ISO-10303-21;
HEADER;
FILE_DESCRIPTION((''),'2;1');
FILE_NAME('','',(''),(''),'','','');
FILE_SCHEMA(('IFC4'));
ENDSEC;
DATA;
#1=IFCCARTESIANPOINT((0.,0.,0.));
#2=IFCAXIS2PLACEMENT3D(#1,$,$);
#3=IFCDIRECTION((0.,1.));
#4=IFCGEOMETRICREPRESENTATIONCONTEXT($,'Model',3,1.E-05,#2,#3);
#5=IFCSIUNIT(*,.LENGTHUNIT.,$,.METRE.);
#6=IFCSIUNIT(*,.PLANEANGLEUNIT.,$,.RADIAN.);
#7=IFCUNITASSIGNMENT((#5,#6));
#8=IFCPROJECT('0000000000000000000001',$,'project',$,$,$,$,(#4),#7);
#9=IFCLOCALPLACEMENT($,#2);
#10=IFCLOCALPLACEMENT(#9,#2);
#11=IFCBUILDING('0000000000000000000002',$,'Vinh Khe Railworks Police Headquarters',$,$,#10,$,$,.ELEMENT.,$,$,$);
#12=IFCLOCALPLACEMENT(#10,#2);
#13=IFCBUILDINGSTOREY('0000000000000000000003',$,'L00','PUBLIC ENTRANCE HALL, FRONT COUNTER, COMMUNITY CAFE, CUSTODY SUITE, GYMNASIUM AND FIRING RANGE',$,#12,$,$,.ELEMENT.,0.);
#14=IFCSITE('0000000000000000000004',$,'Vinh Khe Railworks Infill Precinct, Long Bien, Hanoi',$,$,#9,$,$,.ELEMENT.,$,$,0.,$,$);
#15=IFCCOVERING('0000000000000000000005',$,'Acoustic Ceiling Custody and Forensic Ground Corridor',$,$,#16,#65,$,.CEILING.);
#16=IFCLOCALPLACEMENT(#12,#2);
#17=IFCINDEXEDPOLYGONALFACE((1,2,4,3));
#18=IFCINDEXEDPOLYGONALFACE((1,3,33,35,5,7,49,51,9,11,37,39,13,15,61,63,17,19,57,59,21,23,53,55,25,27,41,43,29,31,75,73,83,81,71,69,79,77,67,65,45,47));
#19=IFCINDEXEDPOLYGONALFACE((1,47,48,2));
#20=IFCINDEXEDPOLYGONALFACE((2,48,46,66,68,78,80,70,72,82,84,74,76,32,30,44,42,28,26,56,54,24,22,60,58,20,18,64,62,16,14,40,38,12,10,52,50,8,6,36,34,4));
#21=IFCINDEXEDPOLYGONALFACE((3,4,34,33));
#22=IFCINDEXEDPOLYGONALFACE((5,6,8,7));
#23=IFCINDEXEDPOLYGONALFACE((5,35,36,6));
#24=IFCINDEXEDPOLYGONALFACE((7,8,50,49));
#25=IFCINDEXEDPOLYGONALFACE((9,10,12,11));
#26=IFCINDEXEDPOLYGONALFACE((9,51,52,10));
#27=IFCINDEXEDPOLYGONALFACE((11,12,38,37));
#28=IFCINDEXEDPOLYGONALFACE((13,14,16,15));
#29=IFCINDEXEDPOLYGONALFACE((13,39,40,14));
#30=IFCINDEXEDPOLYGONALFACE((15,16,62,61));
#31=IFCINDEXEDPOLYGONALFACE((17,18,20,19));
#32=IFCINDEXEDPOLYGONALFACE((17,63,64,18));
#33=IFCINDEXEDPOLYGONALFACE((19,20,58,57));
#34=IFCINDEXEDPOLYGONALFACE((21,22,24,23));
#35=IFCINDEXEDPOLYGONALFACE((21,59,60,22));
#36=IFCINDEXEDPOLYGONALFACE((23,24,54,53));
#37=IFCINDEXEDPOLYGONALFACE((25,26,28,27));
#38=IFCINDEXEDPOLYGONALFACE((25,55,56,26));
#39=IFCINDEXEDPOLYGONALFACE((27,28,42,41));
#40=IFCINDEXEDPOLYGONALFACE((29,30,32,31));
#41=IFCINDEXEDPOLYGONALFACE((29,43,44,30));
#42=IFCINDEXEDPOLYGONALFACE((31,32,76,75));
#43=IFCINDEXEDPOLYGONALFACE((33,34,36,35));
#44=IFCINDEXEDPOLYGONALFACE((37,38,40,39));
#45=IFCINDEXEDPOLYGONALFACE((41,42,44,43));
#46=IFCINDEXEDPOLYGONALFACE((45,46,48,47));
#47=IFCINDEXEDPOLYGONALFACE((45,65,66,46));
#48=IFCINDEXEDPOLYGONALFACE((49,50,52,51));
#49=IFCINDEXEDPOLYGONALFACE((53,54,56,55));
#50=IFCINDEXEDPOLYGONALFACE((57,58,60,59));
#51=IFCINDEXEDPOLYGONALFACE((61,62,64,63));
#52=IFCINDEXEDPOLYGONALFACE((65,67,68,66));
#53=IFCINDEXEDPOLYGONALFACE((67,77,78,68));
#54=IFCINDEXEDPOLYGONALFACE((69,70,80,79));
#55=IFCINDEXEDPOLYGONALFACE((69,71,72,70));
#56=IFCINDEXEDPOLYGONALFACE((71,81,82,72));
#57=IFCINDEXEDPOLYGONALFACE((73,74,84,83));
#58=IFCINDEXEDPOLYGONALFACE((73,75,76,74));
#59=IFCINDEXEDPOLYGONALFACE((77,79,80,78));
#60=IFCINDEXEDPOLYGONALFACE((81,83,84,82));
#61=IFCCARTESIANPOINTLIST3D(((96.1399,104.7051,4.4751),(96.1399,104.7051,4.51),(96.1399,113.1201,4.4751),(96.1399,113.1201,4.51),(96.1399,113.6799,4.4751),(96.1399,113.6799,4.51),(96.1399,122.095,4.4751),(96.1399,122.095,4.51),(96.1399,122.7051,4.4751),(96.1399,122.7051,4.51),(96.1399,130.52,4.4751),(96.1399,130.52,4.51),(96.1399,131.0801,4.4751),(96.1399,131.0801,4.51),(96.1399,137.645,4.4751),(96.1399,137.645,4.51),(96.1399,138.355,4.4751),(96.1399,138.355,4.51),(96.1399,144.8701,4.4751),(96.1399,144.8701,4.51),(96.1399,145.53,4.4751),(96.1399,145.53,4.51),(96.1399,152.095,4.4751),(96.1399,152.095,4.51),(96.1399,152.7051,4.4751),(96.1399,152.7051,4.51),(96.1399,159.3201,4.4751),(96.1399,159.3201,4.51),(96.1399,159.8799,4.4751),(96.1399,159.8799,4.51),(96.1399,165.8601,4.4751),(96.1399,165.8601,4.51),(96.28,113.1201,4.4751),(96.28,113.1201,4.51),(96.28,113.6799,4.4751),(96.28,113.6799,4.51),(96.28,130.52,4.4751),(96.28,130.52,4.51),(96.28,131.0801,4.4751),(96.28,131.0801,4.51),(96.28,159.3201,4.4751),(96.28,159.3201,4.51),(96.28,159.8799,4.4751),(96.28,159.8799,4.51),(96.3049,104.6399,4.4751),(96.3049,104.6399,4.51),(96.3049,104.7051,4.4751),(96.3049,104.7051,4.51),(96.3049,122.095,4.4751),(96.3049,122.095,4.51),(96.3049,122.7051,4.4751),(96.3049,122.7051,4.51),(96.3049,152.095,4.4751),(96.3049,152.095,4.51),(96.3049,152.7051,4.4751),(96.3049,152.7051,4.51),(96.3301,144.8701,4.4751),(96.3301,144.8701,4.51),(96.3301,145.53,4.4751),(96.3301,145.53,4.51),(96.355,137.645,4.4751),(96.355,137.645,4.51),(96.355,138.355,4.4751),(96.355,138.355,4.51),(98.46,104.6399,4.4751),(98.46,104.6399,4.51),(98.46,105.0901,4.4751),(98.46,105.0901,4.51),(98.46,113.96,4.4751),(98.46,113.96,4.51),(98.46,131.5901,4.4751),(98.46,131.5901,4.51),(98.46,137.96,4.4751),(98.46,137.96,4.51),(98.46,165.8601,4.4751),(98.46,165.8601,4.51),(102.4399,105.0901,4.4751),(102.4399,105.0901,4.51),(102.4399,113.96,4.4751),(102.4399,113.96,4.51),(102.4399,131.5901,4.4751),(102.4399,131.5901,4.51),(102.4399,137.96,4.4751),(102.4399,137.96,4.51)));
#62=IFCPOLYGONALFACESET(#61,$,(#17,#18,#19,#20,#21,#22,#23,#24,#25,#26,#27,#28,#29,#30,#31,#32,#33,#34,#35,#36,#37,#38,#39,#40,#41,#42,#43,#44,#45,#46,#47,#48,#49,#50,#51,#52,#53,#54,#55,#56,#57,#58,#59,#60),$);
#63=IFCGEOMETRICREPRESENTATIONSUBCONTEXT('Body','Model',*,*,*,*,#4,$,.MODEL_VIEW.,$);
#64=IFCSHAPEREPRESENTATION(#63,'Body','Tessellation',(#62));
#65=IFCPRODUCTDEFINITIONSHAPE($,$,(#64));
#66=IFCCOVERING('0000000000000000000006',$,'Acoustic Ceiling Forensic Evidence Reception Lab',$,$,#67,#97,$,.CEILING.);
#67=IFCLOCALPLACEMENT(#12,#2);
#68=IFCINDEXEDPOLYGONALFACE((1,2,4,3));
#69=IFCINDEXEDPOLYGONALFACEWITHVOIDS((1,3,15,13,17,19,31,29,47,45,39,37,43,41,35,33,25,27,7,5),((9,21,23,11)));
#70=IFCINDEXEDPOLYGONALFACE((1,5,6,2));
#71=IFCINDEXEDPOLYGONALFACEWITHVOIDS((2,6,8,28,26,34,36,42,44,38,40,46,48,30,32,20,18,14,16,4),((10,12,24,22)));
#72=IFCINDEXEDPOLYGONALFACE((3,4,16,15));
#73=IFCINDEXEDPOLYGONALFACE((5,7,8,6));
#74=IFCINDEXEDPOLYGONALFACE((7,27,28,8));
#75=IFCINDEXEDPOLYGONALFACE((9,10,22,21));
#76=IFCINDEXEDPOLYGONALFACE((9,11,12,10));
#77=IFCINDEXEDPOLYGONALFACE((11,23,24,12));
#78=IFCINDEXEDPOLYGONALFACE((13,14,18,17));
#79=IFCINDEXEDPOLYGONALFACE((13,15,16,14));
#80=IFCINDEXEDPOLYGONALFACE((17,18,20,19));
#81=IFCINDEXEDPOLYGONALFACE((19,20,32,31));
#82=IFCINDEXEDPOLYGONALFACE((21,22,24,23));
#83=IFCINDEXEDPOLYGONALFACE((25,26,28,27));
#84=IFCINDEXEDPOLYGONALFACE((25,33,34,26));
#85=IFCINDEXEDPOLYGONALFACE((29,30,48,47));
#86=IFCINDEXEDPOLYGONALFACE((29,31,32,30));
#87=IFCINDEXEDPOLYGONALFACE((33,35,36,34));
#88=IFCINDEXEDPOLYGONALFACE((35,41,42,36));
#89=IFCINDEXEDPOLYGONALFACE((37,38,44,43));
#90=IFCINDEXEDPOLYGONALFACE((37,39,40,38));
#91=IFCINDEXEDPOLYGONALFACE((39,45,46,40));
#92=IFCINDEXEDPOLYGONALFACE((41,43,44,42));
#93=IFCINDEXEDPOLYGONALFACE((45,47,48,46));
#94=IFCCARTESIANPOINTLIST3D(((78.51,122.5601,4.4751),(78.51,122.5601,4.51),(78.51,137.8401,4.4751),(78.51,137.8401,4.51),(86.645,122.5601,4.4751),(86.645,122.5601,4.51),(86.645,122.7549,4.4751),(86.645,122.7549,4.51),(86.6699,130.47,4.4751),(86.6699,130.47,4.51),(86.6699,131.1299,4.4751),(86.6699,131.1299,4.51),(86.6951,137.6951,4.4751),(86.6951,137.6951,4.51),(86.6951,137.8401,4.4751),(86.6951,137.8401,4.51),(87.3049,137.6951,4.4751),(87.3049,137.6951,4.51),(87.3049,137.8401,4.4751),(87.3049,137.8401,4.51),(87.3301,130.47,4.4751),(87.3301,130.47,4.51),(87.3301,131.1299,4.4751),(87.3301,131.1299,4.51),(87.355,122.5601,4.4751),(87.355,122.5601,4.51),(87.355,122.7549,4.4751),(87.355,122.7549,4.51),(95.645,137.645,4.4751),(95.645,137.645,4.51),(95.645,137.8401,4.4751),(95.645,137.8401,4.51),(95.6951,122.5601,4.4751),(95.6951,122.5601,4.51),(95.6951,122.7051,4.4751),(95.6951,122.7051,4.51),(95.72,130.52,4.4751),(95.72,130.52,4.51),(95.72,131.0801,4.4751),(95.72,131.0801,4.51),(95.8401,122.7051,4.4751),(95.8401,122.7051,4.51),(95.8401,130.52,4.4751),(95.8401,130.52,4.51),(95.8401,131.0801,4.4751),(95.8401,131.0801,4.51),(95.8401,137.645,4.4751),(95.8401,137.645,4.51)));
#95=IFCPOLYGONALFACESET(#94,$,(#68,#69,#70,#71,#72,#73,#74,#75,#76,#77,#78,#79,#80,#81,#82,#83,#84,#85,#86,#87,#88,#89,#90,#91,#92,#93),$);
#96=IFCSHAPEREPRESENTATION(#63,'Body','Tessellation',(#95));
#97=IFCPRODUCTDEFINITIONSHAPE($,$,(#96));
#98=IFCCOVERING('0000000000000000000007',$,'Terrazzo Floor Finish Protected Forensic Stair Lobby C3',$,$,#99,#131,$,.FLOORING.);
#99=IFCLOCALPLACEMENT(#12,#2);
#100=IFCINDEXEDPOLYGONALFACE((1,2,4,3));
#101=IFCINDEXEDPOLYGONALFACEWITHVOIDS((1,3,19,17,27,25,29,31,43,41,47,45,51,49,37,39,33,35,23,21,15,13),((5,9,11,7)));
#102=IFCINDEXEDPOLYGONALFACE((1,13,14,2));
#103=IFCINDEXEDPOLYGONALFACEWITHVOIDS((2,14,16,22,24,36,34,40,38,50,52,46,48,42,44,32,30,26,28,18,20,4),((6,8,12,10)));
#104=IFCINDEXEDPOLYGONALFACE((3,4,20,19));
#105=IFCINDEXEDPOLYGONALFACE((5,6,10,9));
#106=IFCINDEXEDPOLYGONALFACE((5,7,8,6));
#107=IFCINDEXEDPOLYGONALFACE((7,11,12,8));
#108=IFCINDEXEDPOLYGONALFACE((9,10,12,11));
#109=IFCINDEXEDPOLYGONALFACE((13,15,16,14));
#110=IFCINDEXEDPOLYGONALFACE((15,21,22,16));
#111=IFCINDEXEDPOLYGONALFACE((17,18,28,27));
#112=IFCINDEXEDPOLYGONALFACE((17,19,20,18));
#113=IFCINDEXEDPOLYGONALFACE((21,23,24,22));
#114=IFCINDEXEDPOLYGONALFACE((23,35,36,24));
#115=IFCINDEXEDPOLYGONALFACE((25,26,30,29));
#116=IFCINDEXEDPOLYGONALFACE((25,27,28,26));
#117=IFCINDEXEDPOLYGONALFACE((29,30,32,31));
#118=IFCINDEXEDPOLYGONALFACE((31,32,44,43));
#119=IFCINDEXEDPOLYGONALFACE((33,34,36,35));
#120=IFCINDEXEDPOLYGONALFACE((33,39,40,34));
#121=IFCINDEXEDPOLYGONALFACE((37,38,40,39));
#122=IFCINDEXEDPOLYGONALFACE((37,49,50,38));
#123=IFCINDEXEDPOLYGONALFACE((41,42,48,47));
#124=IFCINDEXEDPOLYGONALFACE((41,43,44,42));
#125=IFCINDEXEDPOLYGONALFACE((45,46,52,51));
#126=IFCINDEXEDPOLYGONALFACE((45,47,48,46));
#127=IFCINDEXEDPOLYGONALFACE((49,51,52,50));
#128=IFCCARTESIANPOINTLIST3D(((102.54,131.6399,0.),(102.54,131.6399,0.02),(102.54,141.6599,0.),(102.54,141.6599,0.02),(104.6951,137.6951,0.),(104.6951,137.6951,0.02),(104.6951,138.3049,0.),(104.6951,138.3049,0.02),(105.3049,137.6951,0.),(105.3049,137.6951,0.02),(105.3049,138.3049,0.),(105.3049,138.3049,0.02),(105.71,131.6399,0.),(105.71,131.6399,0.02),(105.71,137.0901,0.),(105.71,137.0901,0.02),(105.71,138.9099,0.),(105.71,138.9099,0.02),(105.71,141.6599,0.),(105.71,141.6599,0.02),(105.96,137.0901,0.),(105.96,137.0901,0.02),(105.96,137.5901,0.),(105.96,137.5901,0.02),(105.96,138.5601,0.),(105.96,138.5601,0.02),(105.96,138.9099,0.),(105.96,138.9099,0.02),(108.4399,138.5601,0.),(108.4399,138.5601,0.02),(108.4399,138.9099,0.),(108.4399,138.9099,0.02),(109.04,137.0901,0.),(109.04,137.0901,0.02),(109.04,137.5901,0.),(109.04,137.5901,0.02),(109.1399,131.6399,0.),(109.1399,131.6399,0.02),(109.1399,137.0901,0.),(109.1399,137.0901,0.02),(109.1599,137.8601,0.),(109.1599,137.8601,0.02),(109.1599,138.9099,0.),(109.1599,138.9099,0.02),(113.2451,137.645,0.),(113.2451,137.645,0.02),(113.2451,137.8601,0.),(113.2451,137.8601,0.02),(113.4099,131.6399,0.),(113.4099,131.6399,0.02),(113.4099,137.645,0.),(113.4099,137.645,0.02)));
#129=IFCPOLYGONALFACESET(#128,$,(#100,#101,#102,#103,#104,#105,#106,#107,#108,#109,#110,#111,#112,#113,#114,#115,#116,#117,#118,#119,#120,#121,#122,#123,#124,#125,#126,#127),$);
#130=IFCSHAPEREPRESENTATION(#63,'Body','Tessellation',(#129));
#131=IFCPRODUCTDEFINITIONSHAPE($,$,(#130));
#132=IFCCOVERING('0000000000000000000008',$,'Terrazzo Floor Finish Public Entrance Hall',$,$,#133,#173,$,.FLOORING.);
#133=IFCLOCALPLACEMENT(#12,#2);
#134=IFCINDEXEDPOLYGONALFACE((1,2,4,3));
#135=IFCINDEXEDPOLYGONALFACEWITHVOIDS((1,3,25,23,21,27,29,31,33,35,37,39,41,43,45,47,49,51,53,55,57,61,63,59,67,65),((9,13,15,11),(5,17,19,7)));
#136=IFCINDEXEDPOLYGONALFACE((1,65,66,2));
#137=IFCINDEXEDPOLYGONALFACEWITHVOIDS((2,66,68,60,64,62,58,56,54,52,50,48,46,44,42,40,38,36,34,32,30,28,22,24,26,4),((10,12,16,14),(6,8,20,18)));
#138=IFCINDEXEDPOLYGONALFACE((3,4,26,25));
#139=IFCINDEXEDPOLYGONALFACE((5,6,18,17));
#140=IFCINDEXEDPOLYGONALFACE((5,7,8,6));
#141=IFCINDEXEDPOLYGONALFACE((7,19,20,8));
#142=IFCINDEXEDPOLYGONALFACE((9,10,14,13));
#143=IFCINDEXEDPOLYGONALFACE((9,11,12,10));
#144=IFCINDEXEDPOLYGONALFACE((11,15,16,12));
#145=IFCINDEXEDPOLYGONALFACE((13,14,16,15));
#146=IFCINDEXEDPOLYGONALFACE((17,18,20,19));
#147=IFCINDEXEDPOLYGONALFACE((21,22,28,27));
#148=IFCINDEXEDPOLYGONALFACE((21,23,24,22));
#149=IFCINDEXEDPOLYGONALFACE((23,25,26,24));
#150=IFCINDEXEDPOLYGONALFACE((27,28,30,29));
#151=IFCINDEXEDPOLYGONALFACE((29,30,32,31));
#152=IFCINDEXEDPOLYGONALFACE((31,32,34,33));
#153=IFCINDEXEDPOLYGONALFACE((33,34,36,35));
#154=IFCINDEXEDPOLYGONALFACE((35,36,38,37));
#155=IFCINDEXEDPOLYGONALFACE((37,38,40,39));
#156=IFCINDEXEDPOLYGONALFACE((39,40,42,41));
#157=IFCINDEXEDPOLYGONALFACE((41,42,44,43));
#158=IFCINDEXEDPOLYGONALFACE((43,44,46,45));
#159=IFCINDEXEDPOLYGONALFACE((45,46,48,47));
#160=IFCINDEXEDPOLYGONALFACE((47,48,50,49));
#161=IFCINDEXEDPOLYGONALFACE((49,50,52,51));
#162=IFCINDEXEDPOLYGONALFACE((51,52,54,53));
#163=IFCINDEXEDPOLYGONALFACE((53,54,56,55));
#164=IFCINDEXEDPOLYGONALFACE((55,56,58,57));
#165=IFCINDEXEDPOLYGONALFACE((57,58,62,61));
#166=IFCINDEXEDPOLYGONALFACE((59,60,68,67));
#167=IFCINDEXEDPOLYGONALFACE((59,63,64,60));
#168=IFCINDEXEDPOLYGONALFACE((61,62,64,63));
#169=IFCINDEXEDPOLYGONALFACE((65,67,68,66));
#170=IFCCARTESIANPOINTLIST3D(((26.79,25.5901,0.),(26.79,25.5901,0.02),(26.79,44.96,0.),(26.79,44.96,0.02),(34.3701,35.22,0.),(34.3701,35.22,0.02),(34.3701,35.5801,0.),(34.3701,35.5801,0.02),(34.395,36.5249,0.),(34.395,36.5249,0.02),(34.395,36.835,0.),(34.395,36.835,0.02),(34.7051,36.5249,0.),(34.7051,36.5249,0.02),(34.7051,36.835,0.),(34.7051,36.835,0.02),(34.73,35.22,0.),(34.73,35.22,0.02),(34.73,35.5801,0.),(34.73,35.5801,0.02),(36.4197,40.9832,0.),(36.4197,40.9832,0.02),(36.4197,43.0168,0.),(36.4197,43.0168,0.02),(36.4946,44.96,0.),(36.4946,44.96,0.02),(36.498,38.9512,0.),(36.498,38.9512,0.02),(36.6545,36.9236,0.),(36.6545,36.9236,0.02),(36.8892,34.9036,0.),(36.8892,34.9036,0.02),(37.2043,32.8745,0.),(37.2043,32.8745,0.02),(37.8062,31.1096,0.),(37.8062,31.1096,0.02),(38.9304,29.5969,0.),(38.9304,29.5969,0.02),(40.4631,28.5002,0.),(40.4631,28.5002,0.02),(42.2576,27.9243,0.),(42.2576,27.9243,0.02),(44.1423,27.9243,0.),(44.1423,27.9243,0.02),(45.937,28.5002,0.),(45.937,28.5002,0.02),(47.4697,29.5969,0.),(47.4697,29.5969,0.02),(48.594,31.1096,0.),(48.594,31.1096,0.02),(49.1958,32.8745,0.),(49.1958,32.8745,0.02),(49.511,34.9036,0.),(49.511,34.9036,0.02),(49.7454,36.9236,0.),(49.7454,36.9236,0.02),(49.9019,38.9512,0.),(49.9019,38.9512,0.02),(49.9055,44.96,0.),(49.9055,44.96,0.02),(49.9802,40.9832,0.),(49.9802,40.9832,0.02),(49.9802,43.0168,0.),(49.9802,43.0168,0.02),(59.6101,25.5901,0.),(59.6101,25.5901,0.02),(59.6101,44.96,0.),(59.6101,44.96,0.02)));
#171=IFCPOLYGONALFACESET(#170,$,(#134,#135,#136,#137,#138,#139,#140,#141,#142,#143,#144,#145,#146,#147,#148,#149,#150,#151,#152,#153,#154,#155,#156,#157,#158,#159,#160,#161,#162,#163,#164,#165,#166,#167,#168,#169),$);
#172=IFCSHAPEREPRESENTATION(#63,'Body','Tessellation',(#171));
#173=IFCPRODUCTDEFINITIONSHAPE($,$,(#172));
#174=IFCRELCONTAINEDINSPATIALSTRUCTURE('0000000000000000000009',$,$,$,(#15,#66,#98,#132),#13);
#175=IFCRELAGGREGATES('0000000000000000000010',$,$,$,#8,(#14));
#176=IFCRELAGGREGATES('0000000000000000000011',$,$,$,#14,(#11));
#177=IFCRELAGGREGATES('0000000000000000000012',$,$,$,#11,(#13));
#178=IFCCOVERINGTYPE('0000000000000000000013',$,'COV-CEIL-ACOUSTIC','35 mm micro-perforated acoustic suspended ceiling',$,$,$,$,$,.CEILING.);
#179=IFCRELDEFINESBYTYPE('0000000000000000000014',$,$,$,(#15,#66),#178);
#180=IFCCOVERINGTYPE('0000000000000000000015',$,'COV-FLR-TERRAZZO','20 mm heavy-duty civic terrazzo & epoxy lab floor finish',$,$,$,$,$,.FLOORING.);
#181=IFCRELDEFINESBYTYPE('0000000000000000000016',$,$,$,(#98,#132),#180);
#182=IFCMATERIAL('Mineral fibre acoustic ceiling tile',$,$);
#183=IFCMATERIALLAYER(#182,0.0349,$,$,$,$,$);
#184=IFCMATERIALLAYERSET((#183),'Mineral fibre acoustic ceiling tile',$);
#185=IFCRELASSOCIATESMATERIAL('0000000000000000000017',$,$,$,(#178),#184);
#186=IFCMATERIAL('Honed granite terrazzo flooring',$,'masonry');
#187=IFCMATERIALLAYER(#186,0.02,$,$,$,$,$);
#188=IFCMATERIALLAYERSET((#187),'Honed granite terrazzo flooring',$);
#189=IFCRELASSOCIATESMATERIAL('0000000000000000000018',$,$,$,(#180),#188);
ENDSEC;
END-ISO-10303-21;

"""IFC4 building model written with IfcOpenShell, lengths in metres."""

from ifc_helpers import new_model, si_unit, direction, frame, origin, place, context, subcontext, project, spatial, polyline, outline, extrude, material, layer, layer_set, type_object, element, save


model = new_model("IFC4")

# Units and contexts
model_context = context("Model", 3, precision=1e-05, world=origin(), true_north=direction((0.0, 1.0)))
body_context = subcontext(model_context, "Body", "Model", "MODEL_VIEW")
ifc_project = project(units=[si_unit("LENGTHUNIT", "METRE"), si_unit("PLANEANGLEUNIT", "RADIAN")], contexts=[model_context])

# Site, building, storey
site_placement = place(None, origin())
site = spatial("IfcSite", under=ifc_project, at=site_placement, Name="Vinh Khe Railworks Infill Precinct, Long Bien, Hanoi", CompositionType="ELEMENT", RefElevation=0.0)
building_placement = place(site_placement, origin())
building = spatial("IfcBuilding", under=site, at=building_placement, Name="Vinh Khe Railworks Police Headquarters", CompositionType="ELEMENT")
storey_placement = place(building_placement, origin())
storey = spatial("IfcBuildingStorey", under=building, at=storey_placement, Name="L00", Description="PUBLIC ENTRANCE HALL, FRONT COUNTER, COMMUNITY CAFE, CUSTODY SUITE, GYMNASIUM AND FIRING RANGE", CompositionType="ELEMENT", Elevation=0.0)

# Coverings
ifc_material_1 = material(Name="Mineral fibre acoustic ceiling tile")
ifc_layer_1 = layer(ifc_material_1, 0.0349)
ifc_layer_set_1 = layer_set([ifc_layer_1], Name="Mineral fibre acoustic ceiling tile")
covering_type_1 = type_object("IfcCoveringType", Name="COV-CEIL-ACOUSTIC", Description="35 mm micro-perforated acoustic suspended ceiling", PredefinedType="CEILING", material=ifc_layer_set_1)
covering_1_placement = place(storey_placement, frame((0.0, 0.0, 4.4751)))
element("IfcCovering", 1, at=covering_1_placement, inside=storey, type_object=covering_type_1, Name="Acoustic Ceiling Custody and Forensic Ground Corridor", PredefinedType="CEILING", context=body_context, shape_type="SweptSolid", body=[
    extrude(outline(polyline([(96.28, 113.1201), (96.1399, 113.1201), (96.1399, 104.7051), (96.3049, 104.7051), (96.3049, 104.6399), (98.46, 104.6399), (98.46, 105.0901), (102.4399, 105.0901), (102.4399, 113.96), (98.46, 113.96), (98.46, 131.5901), (102.4399, 131.5901), (102.4399, 137.96), (98.46, 137.96), (98.46, 165.8601), (96.1399, 165.8601), (96.1399, 159.8799), (96.28, 159.8799), (96.28, 159.3201), (96.1399, 159.3201), (96.1399, 152.7051), (96.3049, 152.7051), (96.3049, 152.095), (96.1399, 152.095), (96.1399, 145.53), (96.3301, 145.53), (96.3301, 144.8701), (96.1399, 144.8701), (96.1399, 138.355), (96.355, 138.355), (96.355, 137.645), (96.1399, 137.645), (96.1399, 131.0801), (96.28, 131.0801), (96.28, 130.52), (96.1399, 130.52), (96.1399, 122.7051), (96.3049, 122.7051), (96.3049, 122.095), (96.1399, 122.095), (96.1399, 113.6799), (96.28, 113.6799), (96.28, 113.1201)])), origin(), (0.0, 0.0, 1.0), 0.0349),
])
covering_2_placement = place(storey_placement, frame((0.0, 0.0, 4.4751)))
element("IfcCovering", 2, at=covering_2_placement, inside=storey, type_object=covering_type_1, Name="Acoustic Ceiling Forensic Evidence Reception Lab", PredefinedType="CEILING", context=body_context, shape_type="SweptSolid", body=[
    extrude(outline(polyline([(86.645, 122.5601), (86.645, 122.7549), (87.355, 122.7549), (87.355, 122.5601), (95.6951, 122.5601), (95.6951, 122.7051), (95.8401, 122.7051), (95.8401, 130.52), (95.72, 130.52), (95.72, 131.0801), (95.8401, 131.0801), (95.8401, 137.645), (95.645, 137.645), (95.645, 137.8401), (87.3049, 137.8401), (87.3049, 137.6951), (86.6951, 137.6951), (86.6951, 137.8401), (78.51, 137.8401), (78.51, 122.5601), (86.645, 122.5601)]), holes=[polyline([(87.3301, 130.47), (86.6699, 130.47), (86.6699, 131.1299), (87.3301, 131.1299), (87.3301, 130.47)])]), origin(), (0.0, 0.0, 1.0), 0.0349),
])
ifc_material_2 = material(Name="Honed granite terrazzo flooring", Category="masonry")
ifc_layer_2 = layer(ifc_material_2, 0.02)
ifc_layer_set_2 = layer_set([ifc_layer_2], Name="Honed granite terrazzo flooring")
covering_type_2 = type_object("IfcCoveringType", Name="COV-FLR-TERRAZZO", Description="20 mm heavy-duty civic terrazzo & epoxy lab floor finish", PredefinedType="FLOORING", material=ifc_layer_set_2)
covering_3_placement = place(storey_placement, origin())
element("IfcCovering", 3, at=covering_3_placement, inside=storey, type_object=covering_type_2, Name="Terrazzo Floor Finish Protected Forensic Stair Lobby C3", PredefinedType="FLOORING", context=body_context, shape_type="SweptSolid", body=[
    extrude(outline(polyline([(113.4099, 137.645), (113.2451, 137.645), (113.2451, 137.8601), (109.1599, 137.8601), (109.1599, 138.9099), (108.4399, 138.9099), (108.4399, 138.5601), (105.96, 138.5601), (105.96, 138.9099), (105.71, 138.9099), (105.71, 141.6599), (102.54, 141.6599), (102.54, 131.6399), (105.71, 131.6399), (105.71, 137.0901), (105.96, 137.0901), (105.96, 137.5901), (109.04, 137.5901), (109.04, 137.0901), (109.1399, 137.0901), (109.1399, 131.6399), (113.4099, 131.6399), (113.4099, 137.645)]), holes=[polyline([(105.3049, 137.6951), (104.6951, 137.6951), (104.6951, 138.3049), (105.3049, 138.3049), (105.3049, 137.6951)])]), origin(), (0.0, 0.0, 1.0), 0.02),
])
covering_4_placement = place(storey_placement, origin())
element("IfcCovering", 4, at=covering_4_placement, inside=storey, type_object=covering_type_2, Name="Terrazzo Floor Finish Public Entrance Hall", PredefinedType="FLOORING", context=body_context, shape_type="SweptSolid", body=[
    extrude(outline(polyline([(26.79, 25.5901), (59.6101, 25.5901), (59.6101, 44.96), (49.9055, 44.96), (49.9802, 43.0168), (49.9802, 40.9832), (49.9019, 38.9512), (49.7454, 36.9236), (49.511, 34.9036), (49.1958, 32.8745), (48.594, 31.1096), (47.4697, 29.5969), (45.937, 28.5002), (44.1423, 27.9243), (42.2576, 27.9243), (40.4631, 28.5002), (38.9304, 29.5969), (37.8062, 31.1096), (37.2043, 32.8745), (36.8892, 34.9036), (36.6545, 36.9236), (36.498, 38.9512), (36.4197, 40.9832), (36.4197, 43.0168), (36.4946, 44.96), (26.79, 44.96), (26.79, 25.5901)]), holes=[polyline([(34.73, 35.22), (34.3701, 35.22), (34.3701, 35.5801), (34.73, 35.5801), (34.73, 35.22)]), polyline([(34.7051, 36.5249), (34.395, 36.5249), (34.395, 36.835), (34.7051, 36.835), (34.7051, 36.5249)])]), origin(), (0.0, 0.0, 1.0), 0.02),
])

save(model, "model.ifc")
